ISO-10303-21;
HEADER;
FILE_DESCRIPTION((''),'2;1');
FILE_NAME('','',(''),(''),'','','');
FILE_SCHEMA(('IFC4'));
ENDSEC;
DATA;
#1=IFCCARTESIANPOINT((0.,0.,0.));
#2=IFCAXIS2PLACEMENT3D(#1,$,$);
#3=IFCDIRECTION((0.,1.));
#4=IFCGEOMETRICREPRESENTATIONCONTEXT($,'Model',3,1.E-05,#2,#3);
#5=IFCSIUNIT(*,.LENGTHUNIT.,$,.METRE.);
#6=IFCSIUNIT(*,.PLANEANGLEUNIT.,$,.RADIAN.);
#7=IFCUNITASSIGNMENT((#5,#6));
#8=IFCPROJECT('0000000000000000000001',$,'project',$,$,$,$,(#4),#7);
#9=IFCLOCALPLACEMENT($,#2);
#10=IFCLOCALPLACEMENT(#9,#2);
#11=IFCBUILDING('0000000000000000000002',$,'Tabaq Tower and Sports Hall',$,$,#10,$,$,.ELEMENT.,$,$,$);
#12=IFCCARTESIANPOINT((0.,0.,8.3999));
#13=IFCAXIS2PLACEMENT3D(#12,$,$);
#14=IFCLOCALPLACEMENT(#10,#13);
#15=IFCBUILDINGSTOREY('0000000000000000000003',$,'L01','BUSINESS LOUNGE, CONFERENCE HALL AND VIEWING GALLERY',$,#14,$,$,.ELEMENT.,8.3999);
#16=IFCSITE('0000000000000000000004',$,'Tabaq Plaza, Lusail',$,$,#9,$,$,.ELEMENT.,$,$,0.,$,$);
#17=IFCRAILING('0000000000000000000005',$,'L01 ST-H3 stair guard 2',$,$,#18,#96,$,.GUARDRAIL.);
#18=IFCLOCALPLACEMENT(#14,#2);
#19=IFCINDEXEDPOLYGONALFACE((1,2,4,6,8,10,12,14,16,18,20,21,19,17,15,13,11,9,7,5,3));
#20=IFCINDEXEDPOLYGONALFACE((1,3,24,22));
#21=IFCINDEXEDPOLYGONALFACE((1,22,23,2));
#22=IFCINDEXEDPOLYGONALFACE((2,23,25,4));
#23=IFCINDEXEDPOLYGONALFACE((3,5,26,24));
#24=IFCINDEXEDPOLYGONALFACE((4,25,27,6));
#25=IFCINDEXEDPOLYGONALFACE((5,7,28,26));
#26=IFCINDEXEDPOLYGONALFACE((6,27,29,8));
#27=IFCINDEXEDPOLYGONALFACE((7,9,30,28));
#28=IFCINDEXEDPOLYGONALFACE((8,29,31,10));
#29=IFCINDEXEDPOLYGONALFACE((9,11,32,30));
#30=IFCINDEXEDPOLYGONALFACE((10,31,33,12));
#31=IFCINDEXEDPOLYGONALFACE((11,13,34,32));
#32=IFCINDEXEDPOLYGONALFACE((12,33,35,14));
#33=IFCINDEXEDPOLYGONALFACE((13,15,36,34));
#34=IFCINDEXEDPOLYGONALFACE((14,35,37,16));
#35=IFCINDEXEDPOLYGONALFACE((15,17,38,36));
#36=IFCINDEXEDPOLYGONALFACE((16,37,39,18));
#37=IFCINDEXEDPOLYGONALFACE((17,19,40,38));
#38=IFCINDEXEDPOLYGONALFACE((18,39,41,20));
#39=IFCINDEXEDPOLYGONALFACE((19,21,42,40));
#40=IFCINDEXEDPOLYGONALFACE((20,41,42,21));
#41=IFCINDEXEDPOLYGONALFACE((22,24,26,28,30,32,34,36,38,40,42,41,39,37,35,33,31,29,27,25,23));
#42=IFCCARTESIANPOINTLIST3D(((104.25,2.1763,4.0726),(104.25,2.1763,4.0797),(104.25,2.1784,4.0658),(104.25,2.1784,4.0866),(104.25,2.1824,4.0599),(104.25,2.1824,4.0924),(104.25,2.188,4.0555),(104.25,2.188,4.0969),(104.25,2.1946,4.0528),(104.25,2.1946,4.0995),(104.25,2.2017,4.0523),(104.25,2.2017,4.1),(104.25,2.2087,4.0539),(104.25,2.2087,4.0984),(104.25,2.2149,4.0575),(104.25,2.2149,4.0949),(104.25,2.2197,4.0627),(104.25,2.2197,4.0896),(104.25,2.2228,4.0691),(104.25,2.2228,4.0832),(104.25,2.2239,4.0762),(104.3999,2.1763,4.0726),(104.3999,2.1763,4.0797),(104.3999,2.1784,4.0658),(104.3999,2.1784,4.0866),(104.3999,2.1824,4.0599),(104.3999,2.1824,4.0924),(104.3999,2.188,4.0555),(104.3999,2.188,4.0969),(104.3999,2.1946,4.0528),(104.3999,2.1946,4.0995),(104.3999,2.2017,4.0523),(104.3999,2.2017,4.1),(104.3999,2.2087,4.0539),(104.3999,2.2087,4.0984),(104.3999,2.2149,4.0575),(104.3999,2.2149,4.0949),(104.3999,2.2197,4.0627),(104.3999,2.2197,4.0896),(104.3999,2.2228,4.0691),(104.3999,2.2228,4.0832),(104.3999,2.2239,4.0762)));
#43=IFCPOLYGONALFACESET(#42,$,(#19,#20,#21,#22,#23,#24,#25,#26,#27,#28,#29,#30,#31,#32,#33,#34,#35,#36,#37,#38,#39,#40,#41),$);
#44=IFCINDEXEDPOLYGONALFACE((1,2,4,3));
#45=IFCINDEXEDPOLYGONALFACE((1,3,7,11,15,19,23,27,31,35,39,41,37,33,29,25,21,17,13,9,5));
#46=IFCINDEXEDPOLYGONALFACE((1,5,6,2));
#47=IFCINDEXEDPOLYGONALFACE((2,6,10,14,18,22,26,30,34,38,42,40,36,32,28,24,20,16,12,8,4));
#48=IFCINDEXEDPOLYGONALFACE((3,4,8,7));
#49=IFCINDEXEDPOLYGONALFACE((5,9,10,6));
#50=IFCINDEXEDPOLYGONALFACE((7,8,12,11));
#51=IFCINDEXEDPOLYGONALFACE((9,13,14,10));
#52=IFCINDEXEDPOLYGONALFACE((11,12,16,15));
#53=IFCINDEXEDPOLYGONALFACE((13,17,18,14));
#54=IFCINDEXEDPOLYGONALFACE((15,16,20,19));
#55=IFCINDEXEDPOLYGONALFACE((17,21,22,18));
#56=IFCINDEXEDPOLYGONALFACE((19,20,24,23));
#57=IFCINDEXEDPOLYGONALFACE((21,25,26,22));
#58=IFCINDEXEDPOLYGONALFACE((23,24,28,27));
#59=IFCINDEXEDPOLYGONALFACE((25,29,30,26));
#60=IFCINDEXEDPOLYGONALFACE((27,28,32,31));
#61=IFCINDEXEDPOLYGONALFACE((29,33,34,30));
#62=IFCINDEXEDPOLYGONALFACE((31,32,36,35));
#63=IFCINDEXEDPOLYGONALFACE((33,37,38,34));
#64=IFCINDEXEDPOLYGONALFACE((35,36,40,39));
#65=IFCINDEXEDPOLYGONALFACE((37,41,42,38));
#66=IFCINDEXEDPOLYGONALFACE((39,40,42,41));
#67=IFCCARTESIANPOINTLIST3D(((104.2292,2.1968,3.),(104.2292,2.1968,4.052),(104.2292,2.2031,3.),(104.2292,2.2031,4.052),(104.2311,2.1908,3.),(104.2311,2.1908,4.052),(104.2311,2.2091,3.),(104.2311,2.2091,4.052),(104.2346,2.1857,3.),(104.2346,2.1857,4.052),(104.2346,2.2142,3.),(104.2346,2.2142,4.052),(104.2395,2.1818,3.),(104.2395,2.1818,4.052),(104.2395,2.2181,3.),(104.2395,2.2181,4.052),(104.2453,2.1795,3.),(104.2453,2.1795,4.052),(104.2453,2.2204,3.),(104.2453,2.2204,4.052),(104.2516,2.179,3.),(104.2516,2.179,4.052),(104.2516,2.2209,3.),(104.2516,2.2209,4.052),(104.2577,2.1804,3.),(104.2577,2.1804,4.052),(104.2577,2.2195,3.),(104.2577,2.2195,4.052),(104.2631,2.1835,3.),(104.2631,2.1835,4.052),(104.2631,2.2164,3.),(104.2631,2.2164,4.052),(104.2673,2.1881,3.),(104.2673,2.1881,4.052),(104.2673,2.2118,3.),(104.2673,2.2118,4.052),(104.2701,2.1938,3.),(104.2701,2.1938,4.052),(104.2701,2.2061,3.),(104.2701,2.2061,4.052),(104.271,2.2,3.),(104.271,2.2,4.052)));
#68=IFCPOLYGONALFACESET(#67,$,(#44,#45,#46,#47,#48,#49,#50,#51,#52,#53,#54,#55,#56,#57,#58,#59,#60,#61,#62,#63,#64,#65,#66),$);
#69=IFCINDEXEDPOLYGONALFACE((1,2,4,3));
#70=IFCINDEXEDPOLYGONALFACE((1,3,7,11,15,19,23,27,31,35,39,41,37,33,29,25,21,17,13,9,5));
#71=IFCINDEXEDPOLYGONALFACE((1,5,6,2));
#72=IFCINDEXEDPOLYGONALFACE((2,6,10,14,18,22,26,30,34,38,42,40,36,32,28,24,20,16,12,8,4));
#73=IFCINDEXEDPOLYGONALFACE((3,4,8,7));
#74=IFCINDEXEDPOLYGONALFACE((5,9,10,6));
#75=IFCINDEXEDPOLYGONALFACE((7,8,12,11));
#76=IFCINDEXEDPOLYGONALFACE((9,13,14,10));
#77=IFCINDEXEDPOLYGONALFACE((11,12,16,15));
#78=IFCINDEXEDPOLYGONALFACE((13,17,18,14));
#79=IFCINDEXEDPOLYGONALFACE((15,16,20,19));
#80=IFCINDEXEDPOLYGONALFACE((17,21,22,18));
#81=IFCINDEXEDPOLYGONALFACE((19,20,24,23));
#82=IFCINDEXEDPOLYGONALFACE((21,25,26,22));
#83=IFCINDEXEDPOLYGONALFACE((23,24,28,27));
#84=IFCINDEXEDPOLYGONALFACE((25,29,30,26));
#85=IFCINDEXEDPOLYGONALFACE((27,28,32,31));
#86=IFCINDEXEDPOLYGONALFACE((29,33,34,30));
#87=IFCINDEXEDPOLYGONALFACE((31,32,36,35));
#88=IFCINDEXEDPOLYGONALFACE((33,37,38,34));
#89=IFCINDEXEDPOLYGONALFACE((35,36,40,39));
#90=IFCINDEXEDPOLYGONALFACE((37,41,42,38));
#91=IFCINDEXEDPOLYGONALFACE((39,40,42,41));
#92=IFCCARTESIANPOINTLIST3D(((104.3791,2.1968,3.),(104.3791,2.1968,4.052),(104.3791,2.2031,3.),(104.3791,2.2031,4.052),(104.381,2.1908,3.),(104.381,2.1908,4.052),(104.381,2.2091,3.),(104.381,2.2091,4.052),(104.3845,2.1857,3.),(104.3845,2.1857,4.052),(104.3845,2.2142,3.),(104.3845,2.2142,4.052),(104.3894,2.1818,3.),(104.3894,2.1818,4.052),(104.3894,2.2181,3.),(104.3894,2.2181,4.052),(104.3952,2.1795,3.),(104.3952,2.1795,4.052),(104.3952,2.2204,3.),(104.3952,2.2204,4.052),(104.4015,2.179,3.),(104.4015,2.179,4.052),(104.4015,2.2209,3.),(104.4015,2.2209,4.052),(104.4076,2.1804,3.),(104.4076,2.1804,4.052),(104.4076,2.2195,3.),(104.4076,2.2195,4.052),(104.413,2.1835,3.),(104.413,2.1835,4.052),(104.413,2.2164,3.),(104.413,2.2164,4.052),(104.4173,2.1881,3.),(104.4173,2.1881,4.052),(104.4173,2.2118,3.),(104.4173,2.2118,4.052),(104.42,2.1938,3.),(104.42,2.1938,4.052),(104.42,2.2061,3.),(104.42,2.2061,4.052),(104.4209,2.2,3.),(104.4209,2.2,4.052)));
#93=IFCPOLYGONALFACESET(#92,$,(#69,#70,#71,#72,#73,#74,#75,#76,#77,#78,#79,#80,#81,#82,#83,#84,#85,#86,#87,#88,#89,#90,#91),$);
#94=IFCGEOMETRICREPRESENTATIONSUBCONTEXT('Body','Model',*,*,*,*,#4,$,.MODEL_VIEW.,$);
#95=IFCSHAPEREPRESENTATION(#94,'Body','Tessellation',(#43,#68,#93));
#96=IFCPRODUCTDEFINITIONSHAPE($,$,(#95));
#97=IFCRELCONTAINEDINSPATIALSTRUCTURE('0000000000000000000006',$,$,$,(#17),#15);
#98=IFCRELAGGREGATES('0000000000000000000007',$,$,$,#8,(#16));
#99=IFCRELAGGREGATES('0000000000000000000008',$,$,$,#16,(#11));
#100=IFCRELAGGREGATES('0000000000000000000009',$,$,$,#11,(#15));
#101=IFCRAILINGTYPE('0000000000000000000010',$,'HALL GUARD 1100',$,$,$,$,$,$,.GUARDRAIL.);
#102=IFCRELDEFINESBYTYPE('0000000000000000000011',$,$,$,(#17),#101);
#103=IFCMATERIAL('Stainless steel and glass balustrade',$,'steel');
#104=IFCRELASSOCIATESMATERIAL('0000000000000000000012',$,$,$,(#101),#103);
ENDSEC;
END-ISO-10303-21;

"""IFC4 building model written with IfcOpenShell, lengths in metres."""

from ifc_helpers import new_model, si_unit, direction, frame, origin, origin_2d, place, context, subcontext, project, spatial, circle, extrude, material, type_object, element, save


model = new_model("IFC4")

# Units and contexts
model_context = context("Model", 3, precision=1e-05, world=origin(), true_north=direction((0.0, 1.0)))
body_context = subcontext(model_context, "Body", "Model", "MODEL_VIEW")
ifc_project = project(units=[si_unit("LENGTHUNIT", "METRE"), si_unit("PLANEANGLEUNIT", "RADIAN")], contexts=[model_context])

# Site, building, storey
site_placement = place(None, origin())
site = spatial("IfcSite", under=ifc_project, at=site_placement, Name="Tabaq Plaza, Lusail", CompositionType="ELEMENT", RefElevation=0.0)
building_placement = place(site_placement, origin())
building = spatial("IfcBuilding", under=site, at=building_placement, Name="Tabaq Tower and Sports Hall", CompositionType="ELEMENT")
storey_placement = place(building_placement, frame((0.0, 0.0, 8.3999)))
storey = spatial("IfcBuildingStorey", under=building, at=storey_placement, Name="L01", Description="BUSINESS LOUNGE, CONFERENCE HALL AND VIEWING GALLERY", CompositionType="ELEMENT", Elevation=8.3999)

# Railing
ifc_material_1 = material(Name="Stainless steel and glass balustrade", Category="steel")
railing_type_1 = type_object("IfcRailingType", Name="HALL GUARD 1100", PredefinedType="GUARDRAIL", material=ifc_material_1)
railing_1_placement = place(storey_placement, frame((104.25, 2.2, 3.0)))
element("IfcRailing", 1, at=railing_1_placement, inside=storey, type_object=railing_type_1, Name="L01 ST-H3 stair guard 2", PredefinedType="GUARDRAIL", context=body_context, shape_type="SweptSolid", body=[
    extrude(circle(Radius=0.0239, at=origin_2d()), frame((0.0, 0.0, 1.0762), z_axis=(1.0, 0.0, 0.0), x_axis=(0.0, 1.0, 0.0)), (0.0, 0.0, 1.0), 0.1499),
    extrude(circle(Radius=0.021, at=origin_2d()), origin(), (0.0, 0.0, 1.0), 1.052),
    extrude(circle(Radius=0.021, at=origin_2d()), frame((0.1499, 0.0, 0.0)), (0.0, 0.0, 1.0), 1.052),
])

save(model, "model.ifc")
